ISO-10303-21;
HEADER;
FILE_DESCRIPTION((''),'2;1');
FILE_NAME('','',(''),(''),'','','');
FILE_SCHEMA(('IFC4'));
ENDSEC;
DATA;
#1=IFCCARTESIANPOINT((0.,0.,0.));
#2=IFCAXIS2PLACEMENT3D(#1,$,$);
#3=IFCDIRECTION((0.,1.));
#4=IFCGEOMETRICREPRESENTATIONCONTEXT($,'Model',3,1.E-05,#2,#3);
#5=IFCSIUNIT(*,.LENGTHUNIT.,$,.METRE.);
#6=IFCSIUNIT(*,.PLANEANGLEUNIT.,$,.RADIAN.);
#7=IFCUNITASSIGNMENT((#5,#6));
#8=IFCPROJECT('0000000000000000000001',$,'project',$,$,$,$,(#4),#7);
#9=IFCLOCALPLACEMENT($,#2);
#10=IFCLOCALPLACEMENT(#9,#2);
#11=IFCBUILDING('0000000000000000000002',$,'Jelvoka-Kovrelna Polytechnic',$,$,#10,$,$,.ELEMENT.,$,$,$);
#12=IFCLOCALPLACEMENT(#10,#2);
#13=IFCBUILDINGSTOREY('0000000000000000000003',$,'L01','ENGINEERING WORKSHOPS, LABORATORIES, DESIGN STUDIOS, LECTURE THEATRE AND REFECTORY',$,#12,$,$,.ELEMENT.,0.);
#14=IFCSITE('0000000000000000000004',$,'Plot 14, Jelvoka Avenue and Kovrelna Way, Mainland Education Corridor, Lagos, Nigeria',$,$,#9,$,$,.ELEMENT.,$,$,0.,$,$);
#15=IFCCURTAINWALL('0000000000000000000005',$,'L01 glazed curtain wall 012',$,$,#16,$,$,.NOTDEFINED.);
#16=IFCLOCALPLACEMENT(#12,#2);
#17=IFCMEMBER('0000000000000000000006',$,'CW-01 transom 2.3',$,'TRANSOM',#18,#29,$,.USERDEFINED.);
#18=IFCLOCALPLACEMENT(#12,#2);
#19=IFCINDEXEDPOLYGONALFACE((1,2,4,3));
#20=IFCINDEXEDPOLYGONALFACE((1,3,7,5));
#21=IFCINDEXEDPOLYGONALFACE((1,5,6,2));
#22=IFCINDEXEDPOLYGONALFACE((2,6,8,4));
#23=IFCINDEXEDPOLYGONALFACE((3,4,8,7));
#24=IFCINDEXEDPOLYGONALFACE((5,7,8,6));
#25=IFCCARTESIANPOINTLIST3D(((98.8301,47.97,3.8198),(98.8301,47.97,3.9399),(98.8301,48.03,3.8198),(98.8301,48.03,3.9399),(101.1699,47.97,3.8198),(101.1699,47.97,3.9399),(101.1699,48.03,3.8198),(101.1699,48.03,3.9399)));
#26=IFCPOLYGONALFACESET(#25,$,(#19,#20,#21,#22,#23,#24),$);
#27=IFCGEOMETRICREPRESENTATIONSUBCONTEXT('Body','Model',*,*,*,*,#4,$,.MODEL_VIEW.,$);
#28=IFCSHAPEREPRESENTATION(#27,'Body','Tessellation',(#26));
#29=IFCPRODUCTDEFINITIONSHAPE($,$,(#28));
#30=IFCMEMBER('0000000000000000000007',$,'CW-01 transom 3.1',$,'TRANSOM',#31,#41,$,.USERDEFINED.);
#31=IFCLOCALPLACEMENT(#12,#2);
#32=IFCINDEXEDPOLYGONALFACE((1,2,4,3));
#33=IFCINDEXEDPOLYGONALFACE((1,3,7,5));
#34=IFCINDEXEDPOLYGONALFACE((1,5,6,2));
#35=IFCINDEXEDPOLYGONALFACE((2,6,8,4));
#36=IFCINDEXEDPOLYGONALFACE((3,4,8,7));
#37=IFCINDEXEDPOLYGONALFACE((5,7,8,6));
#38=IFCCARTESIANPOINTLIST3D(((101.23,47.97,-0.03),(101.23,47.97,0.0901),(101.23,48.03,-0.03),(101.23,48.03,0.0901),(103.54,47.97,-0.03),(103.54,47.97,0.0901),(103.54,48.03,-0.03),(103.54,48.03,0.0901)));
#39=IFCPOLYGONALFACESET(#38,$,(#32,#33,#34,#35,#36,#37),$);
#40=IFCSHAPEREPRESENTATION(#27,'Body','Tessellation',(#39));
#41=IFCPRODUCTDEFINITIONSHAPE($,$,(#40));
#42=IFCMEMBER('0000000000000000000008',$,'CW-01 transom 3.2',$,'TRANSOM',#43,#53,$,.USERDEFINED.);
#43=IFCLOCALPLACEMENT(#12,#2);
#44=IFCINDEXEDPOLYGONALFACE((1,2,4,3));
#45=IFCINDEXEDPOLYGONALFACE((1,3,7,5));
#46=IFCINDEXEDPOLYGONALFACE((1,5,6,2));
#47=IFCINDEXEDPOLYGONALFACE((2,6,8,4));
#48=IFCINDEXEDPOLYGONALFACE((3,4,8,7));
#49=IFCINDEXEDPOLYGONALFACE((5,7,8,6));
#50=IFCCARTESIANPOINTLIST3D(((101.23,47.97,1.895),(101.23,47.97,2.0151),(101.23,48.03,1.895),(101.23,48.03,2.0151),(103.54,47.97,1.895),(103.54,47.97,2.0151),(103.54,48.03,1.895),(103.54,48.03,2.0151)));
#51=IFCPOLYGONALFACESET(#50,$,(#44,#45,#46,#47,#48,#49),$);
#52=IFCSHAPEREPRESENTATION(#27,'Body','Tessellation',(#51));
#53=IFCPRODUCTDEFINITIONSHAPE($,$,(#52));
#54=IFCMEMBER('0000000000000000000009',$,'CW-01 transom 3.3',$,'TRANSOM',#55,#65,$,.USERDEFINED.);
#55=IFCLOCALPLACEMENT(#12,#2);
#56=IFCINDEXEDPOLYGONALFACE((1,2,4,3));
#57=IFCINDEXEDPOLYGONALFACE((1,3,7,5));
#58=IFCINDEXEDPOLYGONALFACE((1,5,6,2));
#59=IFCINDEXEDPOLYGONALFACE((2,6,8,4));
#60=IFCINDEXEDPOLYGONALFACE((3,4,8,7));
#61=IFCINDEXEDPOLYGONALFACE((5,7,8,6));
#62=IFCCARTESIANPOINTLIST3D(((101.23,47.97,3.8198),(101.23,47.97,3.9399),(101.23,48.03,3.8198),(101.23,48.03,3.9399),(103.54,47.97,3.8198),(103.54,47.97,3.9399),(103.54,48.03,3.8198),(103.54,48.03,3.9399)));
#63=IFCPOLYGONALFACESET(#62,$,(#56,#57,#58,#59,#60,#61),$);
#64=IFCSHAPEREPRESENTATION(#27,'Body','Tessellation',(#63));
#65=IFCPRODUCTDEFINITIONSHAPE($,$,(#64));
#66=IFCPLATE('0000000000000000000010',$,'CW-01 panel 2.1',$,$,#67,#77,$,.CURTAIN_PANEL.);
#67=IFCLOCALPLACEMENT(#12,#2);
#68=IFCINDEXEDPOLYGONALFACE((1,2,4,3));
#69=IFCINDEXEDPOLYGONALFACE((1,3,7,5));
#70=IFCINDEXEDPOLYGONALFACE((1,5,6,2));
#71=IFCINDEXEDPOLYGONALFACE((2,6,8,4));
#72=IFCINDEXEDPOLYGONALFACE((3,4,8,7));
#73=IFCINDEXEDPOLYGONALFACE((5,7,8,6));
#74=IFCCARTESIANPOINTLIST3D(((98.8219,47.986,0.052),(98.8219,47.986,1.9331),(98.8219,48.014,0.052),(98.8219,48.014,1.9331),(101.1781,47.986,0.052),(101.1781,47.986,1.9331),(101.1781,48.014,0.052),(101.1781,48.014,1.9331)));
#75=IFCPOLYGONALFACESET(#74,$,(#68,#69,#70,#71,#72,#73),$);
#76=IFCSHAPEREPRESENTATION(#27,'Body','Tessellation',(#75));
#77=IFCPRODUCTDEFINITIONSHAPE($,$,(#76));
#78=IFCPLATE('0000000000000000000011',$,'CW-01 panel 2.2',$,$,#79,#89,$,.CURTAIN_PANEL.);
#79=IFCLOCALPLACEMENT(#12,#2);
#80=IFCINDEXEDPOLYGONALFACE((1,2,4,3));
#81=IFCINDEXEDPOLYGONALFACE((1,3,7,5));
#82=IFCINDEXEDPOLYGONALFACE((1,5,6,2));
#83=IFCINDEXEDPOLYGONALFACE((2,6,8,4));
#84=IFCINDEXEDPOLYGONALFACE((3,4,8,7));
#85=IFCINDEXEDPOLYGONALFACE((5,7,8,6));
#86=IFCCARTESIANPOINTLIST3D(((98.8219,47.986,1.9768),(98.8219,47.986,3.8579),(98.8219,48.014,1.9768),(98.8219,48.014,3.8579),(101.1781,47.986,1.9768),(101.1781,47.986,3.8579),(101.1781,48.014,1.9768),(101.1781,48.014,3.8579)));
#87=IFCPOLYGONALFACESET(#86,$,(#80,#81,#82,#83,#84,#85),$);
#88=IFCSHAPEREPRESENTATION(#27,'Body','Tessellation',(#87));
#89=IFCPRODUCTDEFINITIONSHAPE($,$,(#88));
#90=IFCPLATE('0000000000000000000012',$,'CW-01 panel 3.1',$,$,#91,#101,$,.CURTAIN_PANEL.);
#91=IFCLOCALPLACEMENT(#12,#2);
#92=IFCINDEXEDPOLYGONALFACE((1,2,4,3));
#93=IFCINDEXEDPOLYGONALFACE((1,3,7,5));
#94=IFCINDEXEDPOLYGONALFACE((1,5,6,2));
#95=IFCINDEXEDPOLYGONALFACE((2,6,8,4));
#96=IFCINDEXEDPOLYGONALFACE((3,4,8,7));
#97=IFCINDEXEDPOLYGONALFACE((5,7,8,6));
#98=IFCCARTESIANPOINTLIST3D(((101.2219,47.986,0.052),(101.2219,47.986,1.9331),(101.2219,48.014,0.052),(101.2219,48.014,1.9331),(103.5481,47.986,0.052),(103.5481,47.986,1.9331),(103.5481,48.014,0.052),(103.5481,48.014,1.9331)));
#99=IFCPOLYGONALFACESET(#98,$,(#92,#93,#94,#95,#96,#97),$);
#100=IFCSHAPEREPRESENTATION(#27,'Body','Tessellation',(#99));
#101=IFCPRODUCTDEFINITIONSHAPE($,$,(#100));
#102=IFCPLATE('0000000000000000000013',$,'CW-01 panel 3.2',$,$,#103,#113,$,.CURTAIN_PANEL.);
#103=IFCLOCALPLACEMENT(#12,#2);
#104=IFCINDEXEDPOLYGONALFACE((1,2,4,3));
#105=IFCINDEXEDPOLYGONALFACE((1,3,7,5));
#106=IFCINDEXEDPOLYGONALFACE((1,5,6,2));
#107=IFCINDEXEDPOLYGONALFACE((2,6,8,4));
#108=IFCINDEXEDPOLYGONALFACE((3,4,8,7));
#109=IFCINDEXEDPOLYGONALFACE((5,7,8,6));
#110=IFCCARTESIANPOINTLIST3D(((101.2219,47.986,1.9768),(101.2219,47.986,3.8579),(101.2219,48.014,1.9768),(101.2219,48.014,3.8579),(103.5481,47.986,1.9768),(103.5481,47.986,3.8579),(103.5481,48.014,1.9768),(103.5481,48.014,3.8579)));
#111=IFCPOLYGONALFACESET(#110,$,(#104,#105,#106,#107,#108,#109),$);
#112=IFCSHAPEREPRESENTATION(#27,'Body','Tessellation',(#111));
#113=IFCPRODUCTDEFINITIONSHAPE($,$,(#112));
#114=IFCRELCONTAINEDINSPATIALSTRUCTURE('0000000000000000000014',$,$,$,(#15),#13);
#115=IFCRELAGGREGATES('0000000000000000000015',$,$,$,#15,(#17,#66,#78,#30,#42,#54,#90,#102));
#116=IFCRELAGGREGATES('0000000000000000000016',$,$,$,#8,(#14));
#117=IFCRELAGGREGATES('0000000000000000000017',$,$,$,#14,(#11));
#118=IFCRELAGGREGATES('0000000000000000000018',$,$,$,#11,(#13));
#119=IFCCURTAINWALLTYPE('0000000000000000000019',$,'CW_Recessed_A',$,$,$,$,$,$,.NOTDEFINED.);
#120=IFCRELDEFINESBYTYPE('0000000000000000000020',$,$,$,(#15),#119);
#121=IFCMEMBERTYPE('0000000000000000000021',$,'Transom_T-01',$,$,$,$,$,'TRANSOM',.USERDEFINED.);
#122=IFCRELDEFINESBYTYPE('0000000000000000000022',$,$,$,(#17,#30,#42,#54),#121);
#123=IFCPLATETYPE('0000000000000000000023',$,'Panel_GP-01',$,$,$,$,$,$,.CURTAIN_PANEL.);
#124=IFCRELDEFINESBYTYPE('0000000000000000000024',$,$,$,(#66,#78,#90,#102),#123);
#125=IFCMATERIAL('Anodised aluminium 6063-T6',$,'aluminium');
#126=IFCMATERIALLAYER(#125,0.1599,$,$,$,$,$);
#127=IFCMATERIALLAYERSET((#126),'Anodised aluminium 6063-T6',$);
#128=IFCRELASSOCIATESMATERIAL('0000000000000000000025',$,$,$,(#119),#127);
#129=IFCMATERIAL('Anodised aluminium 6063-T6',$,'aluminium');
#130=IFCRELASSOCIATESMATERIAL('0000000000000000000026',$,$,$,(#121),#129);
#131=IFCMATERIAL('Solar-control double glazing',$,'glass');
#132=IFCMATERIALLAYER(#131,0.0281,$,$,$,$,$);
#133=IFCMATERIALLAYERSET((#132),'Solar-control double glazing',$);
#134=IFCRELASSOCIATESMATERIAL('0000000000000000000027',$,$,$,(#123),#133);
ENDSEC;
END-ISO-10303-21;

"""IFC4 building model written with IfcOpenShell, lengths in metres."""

from ifc_helpers import new_model, si_unit, direction, frame, origin, origin_2d, place, context, subcontext, project, spatial, rectangle, extrude, material, layer, layer_set, material_profile, profile_set, type_object, element, aggregate, save


model = new_model("IFC4")

# Units and contexts
model_context = context("Model", 3, precision=1e-05, world=origin(), true_north=direction((0.0, 1.0)))
body_context = subcontext(model_context, "Body", "Model", "MODEL_VIEW")
ifc_project = project(units=[si_unit("LENGTHUNIT", "METRE"), si_unit("PLANEANGLEUNIT", "RADIAN")], contexts=[model_context])

# Site, building, storey
site_placement = place(None, origin())
site = spatial("IfcSite", under=ifc_project, at=site_placement, Name="Plot 14, Jelvoka Avenue and Kovrelna Way, Mainland Education Corridor, Lagos, Nigeria", CompositionType="ELEMENT", RefElevation=0.0)
building_placement = place(site_placement, origin())
building = spatial("IfcBuilding", under=site, at=building_placement, Name="Jelvoka-Kovrelna Polytechnic", CompositionType="ELEMENT")
storey_placement = place(building_placement, origin())
storey = spatial("IfcBuildingStorey", under=building, at=storey_placement, Name="L01", Description="ENGINEERING WORKSHOPS, LABORATORIES, DESIGN STUDIOS, LECTURE THEATRE AND REFECTORY", CompositionType="ELEMENT", Elevation=0.0)

# Curtain wall, members, plates
ifc_material_1 = material(Name="Anodised aluminium 6063-T6", Category="aluminium")
ifc_layer_1 = layer(ifc_material_1, 0.1599)
ifc_layer_set_1 = layer_set([ifc_layer_1], Name="Anodised aluminium 6063-T6")
curtain_wall_type = type_object("IfcCurtainWallType", Name="CW_Recessed_A", PredefinedType="NOTDEFINED", material=ifc_layer_set_1)
curtain_wall_placement = place(storey_placement, origin())
curtain_wall = element("IfcCurtainWall", 1, at=curtain_wall_placement, inside=storey, type_object=curtain_wall_type, Name="L01 glazed curtain wall 012", PredefinedType="NOTDEFINED")
ifc_material_2 = material(Name="Anodised aluminium 6063-T6", Category="aluminium")
ifc_material_profile_1 = material_profile(ifc_material_2, rectangle(XDim=0.0601, YDim=0.1201, at=origin_2d()), Name="ALU 60x120")
ifc_profile_set_1 = profile_set([ifc_material_profile_1], Name="Anodised aluminium 6063-T6")
member_type_1 = type_object("IfcMemberType", Name="Transom_T-01", ElementType="TRANSOM", PredefinedType="USERDEFINED", material=ifc_profile_set_1)
member_1_placement = place(storey_placement, frame((98.8301, 48.0, 3.8799), z_axis=(1.0, 0.0, 0.0), x_axis=(0.0, 1.0, 0.0)))
member_1 = element("IfcMember", 2, at=member_1_placement, type_object=member_type_1, Name="CW-01 transom 2.3", ObjectType="TRANSOM", PredefinedType="USERDEFINED", context=body_context, shape_type="SweptSolid", body=[
    extrude(rectangle(XDim=0.0601, YDim=0.1201, at=origin_2d()), origin(), (0.0, 0.0, 1.0), 2.3398),
])
member_2_placement = place(storey_placement, frame((101.23, 48.0, 0.03), z_axis=(1.0, 0.0, 0.0), x_axis=(0.0, 1.0, 0.0)))
member_2 = element("IfcMember", 3, at=member_2_placement, type_object=member_type_1, Name="CW-01 transom 3.1", ObjectType="TRANSOM", PredefinedType="USERDEFINED", context=body_context, shape_type="SweptSolid", body=[
    extrude(rectangle(XDim=0.0601, YDim=0.1201, at=origin_2d()), origin(), (0.0, 0.0, 1.0), 2.3101),
])
member_3_placement = place(storey_placement, frame((101.23, 48.0, 1.9551), z_axis=(1.0, 0.0, 0.0), x_axis=(0.0, 1.0, 0.0)))
member_3 = element("IfcMember", 4, at=member_3_placement, type_object=member_type_1, Name="CW-01 transom 3.2", ObjectType="TRANSOM", PredefinedType="USERDEFINED", context=body_context, shape_type="SweptSolid", body=[
    extrude(rectangle(XDim=0.0601, YDim=0.1201, at=origin_2d()), origin(), (0.0, 0.0, 1.0), 2.3101),
])
member_4_placement = place(storey_placement, frame((101.23, 48.0, 3.8799), z_axis=(1.0, 0.0, 0.0), x_axis=(0.0, 1.0, 0.0)))
member_4 = element("IfcMember", 5, at=member_4_placement, type_object=member_type_1, Name="CW-01 transom 3.3", ObjectType="TRANSOM", PredefinedType="USERDEFINED", context=body_context, shape_type="SweptSolid", body=[
    extrude(rectangle(XDim=0.0601, YDim=0.1201, at=origin_2d()), origin(), (0.0, 0.0, 1.0), 2.3101),
])
ifc_material_3 = material(Name="Solar-control double glazing", Category="glass")
ifc_layer_2 = layer(ifc_material_3, 0.0281)
ifc_layer_set_2 = layer_set([ifc_layer_2], Name="Solar-control double glazing")
plate_type = type_object("IfcPlateType", Name="Panel_GP-01", PredefinedType="CURTAIN_PANEL", material=ifc_layer_set_2)
plate_1_placement = place(storey_placement, frame((100.0, 48.0, 0.052), z_axis=(0.0, 0.0, 1.0), x_axis=(1.0, 0.0, 0.0)))
plate_1 = element("IfcPlate", 6, at=plate_1_placement, type_object=plate_type, Name="CW-01 panel 2.1", PredefinedType="CURTAIN_PANEL", context=body_context, shape_type="SweptSolid", body=[
    extrude(rectangle(XDim=2.3562, YDim=0.0281, at=origin_2d()), origin(), (0.0, 0.0, 1.0), 1.8811),
])
plate_2_placement = place(storey_placement, frame((100.0, 48.0, 1.9768), z_axis=(0.0, 0.0, 1.0), x_axis=(1.0, 0.0, 0.0)))
plate_2 = element("IfcPlate", 7, at=plate_2_placement, type_object=plate_type, Name="CW-01 panel 2.2", PredefinedType="CURTAIN_PANEL", context=body_context, shape_type="SweptSolid", body=[
    extrude(rectangle(XDim=2.3562, YDim=0.0281, at=origin_2d()), origin(), (0.0, 0.0, 1.0), 1.8811),
])
plate_3_placement = place(storey_placement, frame((102.385, 48.0, 0.052), z_axis=(0.0, 0.0, 1.0), x_axis=(1.0, 0.0, 0.0)))
plate_3 = element("IfcPlate", 8, at=plate_3_placement, type_object=plate_type, Name="CW-01 panel 3.1", PredefinedType="CURTAIN_PANEL", context=body_context, shape_type="SweptSolid", body=[
    extrude(rectangle(XDim=2.3262, YDim=0.0281, at=origin_2d()), origin(), (0.0, 0.0, 1.0), 1.8811),
])
plate_4_placement = place(storey_placement, frame((102.385, 48.0, 1.9768), z_axis=(0.0, 0.0, 1.0), x_axis=(1.0, 0.0, 0.0)))
plate_4 = element("IfcPlate", 9, at=plate_4_placement, type_object=plate_type, Name="CW-01 panel 3.2", PredefinedType="CURTAIN_PANEL", context=body_context, shape_type="SweptSolid", body=[
    extrude(rectangle(XDim=2.3262, YDim=0.0281, at=origin_2d()), origin(), (0.0, 0.0, 1.0), 1.8811),
])
aggregate(curtain_wall, [member_1, plate_1, plate_2, member_2, member_3, member_4, plate_3, plate_4])

save(model, "model.ifc")
